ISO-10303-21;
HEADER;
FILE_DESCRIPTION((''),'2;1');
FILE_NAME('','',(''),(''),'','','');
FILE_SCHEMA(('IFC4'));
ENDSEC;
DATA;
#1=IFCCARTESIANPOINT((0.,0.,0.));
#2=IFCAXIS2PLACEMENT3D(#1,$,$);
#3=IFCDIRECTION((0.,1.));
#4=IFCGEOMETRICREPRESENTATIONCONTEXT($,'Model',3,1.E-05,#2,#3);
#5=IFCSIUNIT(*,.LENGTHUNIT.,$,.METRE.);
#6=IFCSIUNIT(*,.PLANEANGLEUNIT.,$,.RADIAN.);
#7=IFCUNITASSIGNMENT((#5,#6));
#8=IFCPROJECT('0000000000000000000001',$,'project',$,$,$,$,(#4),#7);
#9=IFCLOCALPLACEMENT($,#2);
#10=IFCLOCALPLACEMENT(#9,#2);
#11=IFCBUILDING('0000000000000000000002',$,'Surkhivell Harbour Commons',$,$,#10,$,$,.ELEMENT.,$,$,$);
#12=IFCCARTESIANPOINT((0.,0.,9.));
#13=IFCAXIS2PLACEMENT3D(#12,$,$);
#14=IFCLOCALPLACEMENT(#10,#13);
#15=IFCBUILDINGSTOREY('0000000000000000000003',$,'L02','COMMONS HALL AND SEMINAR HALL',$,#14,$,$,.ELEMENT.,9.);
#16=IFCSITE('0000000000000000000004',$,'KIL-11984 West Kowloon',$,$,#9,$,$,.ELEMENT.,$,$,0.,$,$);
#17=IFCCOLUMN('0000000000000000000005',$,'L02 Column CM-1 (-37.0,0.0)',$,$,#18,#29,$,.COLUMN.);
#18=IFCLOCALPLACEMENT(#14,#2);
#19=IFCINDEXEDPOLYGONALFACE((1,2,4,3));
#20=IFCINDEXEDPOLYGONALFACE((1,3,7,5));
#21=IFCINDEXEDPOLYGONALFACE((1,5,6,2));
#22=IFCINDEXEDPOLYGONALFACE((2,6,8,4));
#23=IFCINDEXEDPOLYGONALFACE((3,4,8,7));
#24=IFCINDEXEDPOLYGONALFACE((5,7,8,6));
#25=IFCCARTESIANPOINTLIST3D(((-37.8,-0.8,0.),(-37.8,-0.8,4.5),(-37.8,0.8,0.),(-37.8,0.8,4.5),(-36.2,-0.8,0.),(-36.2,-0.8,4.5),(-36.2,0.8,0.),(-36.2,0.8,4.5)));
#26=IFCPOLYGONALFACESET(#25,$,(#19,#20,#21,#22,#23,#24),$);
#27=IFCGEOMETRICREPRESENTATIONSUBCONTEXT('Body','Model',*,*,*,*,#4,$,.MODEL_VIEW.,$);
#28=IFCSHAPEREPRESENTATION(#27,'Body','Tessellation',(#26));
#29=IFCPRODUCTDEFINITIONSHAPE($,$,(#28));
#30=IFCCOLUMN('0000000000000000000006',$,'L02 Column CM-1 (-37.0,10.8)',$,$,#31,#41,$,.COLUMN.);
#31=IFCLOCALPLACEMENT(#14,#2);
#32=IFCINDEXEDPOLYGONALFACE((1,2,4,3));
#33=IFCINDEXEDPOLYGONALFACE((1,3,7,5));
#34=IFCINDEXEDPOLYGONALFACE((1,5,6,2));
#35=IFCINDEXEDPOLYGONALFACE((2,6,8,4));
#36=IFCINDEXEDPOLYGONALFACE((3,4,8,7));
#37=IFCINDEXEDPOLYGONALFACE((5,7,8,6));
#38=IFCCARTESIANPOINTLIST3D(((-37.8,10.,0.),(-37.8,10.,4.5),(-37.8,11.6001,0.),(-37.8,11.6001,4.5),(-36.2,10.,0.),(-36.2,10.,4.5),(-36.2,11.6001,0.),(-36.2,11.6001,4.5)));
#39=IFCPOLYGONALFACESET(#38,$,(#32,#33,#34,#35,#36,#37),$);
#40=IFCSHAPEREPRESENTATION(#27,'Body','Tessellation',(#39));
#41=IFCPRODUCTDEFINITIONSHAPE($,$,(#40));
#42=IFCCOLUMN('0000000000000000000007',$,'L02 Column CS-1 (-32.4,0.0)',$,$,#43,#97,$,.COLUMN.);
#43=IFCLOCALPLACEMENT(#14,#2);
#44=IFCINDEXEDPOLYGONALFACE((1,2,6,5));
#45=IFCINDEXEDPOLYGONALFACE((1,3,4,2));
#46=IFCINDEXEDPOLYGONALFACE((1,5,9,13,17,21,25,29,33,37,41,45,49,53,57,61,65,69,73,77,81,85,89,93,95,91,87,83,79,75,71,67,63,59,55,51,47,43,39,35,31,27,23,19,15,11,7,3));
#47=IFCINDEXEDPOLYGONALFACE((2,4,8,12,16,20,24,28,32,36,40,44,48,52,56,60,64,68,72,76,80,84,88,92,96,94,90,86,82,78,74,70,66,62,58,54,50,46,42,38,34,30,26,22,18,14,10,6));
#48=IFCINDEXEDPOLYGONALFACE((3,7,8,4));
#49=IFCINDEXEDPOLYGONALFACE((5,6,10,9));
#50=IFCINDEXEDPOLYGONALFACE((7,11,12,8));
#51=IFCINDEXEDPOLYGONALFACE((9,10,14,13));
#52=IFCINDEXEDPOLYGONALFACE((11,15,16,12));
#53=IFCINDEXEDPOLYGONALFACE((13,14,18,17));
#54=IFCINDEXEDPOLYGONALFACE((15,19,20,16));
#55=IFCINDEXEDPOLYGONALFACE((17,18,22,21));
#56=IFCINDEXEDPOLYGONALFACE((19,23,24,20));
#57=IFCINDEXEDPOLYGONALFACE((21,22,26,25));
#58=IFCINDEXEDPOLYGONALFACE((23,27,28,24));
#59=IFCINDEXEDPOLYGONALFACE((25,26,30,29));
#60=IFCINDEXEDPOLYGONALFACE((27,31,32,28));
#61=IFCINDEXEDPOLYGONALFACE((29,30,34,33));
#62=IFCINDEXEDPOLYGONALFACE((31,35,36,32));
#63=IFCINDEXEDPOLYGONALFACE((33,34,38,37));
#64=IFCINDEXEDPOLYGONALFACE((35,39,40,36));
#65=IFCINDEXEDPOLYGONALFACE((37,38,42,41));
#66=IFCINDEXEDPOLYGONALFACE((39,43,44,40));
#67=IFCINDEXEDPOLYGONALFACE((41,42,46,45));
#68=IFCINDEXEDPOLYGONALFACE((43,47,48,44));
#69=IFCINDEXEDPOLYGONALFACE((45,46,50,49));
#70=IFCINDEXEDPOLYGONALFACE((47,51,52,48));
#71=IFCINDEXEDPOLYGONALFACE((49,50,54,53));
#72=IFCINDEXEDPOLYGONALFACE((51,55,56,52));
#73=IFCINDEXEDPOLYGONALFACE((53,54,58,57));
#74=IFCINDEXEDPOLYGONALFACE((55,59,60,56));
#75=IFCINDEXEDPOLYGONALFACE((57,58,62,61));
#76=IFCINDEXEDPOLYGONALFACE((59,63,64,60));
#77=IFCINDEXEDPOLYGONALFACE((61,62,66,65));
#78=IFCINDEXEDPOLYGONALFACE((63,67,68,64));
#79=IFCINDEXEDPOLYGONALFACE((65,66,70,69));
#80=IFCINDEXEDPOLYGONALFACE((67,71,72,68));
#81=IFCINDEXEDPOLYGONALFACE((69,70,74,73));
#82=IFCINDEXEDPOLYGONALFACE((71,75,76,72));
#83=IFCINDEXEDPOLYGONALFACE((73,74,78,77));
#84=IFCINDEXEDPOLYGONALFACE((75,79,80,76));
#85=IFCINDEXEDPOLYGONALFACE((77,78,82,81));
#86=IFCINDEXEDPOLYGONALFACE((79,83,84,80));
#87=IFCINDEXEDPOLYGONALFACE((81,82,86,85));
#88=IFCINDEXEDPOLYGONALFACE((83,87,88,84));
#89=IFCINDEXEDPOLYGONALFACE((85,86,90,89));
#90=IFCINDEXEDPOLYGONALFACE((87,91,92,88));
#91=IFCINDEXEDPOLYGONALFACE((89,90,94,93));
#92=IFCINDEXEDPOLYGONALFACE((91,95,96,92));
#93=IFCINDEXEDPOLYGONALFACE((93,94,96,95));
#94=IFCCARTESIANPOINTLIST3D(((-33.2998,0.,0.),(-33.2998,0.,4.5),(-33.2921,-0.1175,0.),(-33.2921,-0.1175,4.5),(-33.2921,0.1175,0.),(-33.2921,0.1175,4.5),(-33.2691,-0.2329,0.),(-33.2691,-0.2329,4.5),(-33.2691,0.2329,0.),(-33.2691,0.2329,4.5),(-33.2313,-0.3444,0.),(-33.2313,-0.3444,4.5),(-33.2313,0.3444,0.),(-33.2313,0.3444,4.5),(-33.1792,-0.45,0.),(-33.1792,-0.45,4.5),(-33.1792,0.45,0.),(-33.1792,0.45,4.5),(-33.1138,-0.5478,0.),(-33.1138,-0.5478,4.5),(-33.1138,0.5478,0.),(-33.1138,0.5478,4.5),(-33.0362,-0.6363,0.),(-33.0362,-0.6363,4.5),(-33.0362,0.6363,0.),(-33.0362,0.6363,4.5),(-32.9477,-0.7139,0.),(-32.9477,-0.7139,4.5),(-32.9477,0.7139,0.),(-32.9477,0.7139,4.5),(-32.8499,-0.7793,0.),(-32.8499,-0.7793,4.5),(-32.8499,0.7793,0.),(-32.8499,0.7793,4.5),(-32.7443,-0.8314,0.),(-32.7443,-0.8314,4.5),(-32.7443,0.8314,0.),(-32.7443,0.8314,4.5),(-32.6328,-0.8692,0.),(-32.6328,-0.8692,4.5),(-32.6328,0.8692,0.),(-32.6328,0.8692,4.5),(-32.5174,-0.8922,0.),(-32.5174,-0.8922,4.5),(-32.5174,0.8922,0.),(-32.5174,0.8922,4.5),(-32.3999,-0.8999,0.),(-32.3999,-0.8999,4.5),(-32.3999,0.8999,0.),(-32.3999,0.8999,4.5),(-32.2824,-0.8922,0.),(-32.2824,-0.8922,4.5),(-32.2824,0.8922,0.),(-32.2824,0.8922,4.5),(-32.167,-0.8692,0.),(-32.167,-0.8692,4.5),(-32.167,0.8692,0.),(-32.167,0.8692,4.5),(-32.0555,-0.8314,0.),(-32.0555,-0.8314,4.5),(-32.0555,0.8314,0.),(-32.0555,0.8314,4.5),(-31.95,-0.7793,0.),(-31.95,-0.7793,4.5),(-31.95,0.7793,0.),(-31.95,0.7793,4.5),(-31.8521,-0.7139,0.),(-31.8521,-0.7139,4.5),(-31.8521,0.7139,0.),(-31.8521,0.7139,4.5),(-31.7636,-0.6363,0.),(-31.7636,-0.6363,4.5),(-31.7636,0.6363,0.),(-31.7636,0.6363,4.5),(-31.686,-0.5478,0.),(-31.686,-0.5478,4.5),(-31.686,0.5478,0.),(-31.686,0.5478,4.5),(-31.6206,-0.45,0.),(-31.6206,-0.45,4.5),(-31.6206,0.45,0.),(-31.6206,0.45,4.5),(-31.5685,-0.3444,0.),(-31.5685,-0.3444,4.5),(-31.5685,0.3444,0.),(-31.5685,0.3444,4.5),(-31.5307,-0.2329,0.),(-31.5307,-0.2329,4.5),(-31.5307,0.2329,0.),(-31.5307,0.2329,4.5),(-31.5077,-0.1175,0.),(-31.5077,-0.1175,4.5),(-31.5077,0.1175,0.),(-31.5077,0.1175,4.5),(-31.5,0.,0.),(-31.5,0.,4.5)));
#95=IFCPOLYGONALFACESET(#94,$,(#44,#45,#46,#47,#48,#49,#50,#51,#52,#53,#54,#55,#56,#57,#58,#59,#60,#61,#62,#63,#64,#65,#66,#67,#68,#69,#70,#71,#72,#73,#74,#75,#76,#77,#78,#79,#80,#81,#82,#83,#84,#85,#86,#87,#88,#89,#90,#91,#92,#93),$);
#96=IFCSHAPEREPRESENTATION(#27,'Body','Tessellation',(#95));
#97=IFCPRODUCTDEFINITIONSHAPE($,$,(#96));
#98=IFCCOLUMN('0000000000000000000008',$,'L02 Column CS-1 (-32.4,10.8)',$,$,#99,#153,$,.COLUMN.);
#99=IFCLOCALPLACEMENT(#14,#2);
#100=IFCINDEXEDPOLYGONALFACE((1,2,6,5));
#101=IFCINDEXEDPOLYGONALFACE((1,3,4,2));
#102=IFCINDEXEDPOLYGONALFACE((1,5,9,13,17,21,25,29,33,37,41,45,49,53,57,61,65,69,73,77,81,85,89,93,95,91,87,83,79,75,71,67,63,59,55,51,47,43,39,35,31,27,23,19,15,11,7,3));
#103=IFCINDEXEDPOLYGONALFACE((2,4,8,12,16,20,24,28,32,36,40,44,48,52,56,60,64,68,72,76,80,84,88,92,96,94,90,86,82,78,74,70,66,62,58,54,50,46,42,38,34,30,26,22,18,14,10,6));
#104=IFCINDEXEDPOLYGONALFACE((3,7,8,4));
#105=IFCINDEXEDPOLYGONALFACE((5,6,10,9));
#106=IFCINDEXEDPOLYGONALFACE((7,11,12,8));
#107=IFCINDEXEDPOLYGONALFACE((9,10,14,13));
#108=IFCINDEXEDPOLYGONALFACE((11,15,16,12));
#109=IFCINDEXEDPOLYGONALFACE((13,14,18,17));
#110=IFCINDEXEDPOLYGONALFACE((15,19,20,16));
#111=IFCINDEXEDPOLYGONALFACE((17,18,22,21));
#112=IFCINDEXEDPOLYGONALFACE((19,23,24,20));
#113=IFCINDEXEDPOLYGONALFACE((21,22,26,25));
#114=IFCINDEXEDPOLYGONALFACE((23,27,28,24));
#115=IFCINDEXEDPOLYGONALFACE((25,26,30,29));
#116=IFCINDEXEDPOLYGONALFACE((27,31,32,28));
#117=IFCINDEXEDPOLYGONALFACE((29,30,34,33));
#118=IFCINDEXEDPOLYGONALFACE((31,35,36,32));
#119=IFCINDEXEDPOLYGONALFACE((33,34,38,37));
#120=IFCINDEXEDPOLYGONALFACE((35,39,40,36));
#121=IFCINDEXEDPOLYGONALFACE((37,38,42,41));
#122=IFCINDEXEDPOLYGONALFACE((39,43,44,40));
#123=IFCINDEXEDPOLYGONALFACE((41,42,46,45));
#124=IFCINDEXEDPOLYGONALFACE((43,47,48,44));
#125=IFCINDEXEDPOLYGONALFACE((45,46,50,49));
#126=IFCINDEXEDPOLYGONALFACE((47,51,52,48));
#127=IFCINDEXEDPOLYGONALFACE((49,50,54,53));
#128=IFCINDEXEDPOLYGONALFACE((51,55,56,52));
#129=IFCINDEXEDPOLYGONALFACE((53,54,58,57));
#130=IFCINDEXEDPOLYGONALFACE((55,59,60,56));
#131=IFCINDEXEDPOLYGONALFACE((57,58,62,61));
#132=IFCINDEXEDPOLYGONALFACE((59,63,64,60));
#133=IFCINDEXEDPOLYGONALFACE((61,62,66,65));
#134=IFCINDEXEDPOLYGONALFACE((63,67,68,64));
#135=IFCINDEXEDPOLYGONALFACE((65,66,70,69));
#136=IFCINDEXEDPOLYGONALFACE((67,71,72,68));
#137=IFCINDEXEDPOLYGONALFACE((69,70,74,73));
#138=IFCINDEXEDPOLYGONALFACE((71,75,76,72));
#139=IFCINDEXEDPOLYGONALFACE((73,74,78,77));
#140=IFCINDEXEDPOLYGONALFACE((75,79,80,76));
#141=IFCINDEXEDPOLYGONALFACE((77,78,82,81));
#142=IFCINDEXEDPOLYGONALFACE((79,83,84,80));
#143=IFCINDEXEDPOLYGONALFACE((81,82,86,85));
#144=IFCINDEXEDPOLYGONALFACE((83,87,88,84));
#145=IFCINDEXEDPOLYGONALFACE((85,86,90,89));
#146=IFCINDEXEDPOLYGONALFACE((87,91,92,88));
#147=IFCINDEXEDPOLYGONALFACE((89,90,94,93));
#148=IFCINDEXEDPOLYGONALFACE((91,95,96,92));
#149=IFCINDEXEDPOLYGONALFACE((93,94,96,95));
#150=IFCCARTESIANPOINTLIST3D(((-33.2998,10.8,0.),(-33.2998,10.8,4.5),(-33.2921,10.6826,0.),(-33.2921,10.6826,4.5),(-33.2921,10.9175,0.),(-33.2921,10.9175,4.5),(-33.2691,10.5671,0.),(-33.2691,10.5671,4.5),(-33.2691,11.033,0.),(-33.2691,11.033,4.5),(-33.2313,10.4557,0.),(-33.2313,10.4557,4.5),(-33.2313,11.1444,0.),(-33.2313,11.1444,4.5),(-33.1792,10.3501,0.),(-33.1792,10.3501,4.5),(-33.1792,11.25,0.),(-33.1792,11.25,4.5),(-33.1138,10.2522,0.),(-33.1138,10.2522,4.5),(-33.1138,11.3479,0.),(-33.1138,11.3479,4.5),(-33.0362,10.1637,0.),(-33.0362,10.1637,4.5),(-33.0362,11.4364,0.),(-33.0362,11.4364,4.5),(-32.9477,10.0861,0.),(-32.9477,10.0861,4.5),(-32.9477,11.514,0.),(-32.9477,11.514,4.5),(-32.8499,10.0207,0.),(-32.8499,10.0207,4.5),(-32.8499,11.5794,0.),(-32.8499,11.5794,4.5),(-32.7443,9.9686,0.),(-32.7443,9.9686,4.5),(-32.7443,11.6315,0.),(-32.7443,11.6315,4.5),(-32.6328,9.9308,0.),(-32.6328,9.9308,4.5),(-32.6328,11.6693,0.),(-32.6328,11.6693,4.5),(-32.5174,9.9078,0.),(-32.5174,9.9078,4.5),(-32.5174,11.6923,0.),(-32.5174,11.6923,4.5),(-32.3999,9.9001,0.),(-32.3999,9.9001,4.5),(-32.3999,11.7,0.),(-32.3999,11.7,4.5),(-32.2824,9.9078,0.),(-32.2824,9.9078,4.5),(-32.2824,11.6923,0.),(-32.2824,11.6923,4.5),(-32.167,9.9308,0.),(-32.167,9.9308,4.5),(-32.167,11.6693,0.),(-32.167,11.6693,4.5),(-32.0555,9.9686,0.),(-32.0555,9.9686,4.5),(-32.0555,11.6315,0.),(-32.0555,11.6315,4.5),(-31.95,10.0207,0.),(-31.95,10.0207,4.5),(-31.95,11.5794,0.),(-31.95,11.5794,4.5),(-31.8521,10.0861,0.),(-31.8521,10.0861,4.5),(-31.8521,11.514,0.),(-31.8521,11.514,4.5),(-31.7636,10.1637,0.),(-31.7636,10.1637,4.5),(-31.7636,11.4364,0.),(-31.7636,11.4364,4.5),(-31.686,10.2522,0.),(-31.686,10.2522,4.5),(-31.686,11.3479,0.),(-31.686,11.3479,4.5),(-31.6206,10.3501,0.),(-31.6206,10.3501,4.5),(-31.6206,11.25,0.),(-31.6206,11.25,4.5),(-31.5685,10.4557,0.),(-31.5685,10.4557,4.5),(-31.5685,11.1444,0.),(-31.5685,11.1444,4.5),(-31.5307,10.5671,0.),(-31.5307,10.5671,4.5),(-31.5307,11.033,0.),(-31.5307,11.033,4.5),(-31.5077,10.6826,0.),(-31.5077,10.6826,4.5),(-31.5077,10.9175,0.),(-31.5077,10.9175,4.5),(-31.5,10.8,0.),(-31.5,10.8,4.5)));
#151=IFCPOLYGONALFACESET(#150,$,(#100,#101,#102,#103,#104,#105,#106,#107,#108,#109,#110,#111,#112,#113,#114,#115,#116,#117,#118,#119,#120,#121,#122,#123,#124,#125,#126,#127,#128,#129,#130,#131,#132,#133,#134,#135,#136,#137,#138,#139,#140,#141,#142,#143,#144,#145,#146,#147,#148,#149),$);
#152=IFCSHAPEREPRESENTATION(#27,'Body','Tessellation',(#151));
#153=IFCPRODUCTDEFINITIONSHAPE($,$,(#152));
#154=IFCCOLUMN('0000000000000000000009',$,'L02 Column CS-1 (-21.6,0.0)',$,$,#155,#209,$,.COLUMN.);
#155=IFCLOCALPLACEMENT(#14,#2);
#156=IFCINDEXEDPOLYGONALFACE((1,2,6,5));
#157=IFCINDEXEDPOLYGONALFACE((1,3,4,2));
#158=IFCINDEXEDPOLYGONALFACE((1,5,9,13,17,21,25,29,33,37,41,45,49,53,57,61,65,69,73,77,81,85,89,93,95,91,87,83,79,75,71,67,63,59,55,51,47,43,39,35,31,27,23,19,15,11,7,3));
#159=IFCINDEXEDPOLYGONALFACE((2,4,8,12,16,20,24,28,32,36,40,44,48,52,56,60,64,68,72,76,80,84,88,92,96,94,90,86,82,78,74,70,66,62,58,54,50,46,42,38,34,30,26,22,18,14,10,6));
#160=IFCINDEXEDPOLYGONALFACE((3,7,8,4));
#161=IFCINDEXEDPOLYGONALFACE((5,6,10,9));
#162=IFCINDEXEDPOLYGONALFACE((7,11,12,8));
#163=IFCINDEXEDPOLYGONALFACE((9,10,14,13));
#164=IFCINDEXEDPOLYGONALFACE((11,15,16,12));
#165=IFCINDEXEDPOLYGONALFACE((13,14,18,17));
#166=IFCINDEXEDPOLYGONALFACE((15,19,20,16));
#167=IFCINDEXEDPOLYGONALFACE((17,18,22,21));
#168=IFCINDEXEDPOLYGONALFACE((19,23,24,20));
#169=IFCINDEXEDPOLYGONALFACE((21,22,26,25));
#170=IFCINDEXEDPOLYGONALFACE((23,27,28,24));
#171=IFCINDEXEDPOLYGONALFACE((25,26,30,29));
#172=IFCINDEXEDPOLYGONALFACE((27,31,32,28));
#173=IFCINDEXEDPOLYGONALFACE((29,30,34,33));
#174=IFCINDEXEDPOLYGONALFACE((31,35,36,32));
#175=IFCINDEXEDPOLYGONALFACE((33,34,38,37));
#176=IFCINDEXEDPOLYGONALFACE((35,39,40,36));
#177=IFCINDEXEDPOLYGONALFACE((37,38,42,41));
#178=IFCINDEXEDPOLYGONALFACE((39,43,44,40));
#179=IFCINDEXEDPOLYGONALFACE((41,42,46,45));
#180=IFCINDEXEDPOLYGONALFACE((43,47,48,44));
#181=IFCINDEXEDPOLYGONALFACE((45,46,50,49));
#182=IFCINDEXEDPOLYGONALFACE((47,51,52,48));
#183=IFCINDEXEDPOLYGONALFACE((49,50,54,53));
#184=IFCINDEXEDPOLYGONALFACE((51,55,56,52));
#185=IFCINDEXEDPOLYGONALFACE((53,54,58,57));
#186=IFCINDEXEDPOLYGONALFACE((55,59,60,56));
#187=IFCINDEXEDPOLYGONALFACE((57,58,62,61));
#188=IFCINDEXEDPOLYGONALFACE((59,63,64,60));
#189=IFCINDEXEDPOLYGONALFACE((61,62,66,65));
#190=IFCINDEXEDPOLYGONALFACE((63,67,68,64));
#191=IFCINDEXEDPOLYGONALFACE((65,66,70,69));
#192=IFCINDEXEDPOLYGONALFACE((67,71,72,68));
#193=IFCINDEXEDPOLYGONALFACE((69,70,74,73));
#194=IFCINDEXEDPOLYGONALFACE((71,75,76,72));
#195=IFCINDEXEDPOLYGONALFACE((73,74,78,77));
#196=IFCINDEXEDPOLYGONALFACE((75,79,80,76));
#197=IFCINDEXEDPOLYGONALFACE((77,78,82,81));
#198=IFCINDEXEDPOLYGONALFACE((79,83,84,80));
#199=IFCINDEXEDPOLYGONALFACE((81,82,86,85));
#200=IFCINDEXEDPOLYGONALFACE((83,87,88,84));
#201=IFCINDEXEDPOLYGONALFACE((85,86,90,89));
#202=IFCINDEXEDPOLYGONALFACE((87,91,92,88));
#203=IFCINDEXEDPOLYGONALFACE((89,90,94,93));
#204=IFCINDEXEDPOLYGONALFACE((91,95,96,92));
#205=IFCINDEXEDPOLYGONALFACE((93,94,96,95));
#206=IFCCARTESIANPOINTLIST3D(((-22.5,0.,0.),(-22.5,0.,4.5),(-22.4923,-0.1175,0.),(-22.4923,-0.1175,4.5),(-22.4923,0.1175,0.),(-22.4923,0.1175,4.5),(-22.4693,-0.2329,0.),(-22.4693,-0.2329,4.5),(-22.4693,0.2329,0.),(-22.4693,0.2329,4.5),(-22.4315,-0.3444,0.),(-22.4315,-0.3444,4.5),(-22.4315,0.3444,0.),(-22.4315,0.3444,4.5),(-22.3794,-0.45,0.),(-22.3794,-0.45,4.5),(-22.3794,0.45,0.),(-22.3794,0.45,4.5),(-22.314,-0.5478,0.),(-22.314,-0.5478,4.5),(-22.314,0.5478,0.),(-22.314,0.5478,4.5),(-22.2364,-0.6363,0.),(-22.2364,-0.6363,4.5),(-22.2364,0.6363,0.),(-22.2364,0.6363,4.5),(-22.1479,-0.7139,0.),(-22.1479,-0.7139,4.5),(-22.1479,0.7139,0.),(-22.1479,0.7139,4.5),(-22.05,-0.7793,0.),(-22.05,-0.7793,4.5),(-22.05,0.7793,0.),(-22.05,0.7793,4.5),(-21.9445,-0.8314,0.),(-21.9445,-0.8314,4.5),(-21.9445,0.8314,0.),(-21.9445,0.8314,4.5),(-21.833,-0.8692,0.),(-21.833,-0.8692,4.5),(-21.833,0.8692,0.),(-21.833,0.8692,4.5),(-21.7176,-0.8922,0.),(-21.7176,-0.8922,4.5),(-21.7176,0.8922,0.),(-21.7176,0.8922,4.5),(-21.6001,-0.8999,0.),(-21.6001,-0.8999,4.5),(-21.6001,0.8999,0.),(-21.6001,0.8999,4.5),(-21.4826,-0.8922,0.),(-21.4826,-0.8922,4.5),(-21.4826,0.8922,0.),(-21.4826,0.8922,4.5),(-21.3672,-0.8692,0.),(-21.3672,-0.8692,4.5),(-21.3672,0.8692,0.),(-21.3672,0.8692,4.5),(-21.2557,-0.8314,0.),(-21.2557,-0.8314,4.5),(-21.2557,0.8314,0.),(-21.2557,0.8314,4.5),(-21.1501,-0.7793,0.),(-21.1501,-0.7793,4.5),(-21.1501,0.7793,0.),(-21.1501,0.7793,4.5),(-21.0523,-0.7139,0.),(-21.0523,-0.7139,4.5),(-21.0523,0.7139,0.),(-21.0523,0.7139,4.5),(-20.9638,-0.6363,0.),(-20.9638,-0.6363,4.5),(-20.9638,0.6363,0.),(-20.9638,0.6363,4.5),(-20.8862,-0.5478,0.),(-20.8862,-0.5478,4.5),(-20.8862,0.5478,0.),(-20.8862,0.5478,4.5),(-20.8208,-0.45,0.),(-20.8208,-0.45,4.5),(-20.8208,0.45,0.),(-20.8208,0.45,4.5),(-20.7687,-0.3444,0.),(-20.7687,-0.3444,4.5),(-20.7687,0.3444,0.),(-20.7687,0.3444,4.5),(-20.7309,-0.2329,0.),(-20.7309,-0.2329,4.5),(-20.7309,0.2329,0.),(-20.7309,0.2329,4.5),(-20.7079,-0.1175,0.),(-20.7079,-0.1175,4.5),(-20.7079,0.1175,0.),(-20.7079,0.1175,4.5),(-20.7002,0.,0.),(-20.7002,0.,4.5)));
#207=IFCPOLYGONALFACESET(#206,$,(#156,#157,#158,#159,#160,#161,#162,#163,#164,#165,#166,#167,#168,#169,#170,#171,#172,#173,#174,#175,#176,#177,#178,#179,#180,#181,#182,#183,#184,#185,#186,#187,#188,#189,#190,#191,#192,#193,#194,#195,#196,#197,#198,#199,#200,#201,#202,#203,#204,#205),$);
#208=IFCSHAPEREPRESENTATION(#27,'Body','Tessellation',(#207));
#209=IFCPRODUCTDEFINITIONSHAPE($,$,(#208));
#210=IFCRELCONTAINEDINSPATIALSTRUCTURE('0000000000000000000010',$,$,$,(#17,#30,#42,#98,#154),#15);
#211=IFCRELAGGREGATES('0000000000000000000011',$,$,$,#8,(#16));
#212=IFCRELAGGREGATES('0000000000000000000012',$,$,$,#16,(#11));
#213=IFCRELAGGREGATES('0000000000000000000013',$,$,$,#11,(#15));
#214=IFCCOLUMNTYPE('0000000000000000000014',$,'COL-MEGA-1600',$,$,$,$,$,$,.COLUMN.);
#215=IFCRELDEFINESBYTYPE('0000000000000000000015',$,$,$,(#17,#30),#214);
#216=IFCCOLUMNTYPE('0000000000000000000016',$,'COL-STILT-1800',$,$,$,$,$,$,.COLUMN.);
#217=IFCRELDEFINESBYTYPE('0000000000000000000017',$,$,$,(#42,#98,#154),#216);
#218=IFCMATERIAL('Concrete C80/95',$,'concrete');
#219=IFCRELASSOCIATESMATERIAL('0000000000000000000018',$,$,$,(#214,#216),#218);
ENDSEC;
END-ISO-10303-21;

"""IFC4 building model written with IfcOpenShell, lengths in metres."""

from ifc_helpers import new_model, si_unit, direction, frame, origin, origin_2d, place, context, subcontext, project, spatial, rectangle, circle, extrude, material, material_profile, profile_set, type_object, element, save


model = new_model("IFC4")

# Units and contexts
model_context = context("Model", 3, precision=1e-05, world=origin(), true_north=direction((0.0, 1.0)))
body_context = subcontext(model_context, "Body", "Model", "MODEL_VIEW")
ifc_project = project(units=[si_unit("LENGTHUNIT", "METRE"), si_unit("PLANEANGLEUNIT", "RADIAN")], contexts=[model_context])

# Site, building, storey
site_placement = place(None, origin())
site = spatial("IfcSite", under=ifc_project, at=site_placement, Name="KIL-11984 West Kowloon", CompositionType="ELEMENT", RefElevation=0.0)
building_placement = place(site_placement, origin())
building = spatial("IfcBuilding", under=site, at=building_placement, Name="Surkhivell Harbour Commons", CompositionType="ELEMENT")
storey_placement = place(building_placement, frame((0.0, 0.0, 9.0)))
storey = spatial("IfcBuildingStorey", under=building, at=storey_placement, Name="L02", Description="COMMONS HALL AND SEMINAR HALL", CompositionType="ELEMENT", Elevation=9.0)

# Columns
ifc_material_1 = material(Name="Concrete C80/95", Category="concrete")
ifc_material_profile_1 = material_profile(ifc_material_1, rectangle(XDim=1.6001, YDim=1.6001, at=origin_2d()), Name="RC-COL-1600x1600")
ifc_profile_set_1 = profile_set([ifc_material_profile_1], Name="Concrete C80/95")
column_type_1 = type_object("IfcColumnType", Name="COL-MEGA-1600", PredefinedType="COLUMN", material=ifc_profile_set_1)
for number, where, z_axis, x_axis, name in (
    (1, (-37.0, 0.0, 0.0), (0.0, 0.0, 1.0), (1.0, 0.0, 0.0), "L02 Column CM-1 (-37.0,0.0)"),
    (2, (-37.0, 10.8, 0.0), (0.0, 0.0, 1.0), (1.0, 0.0, 0.0), "L02 Column CM-1 (-37.0,10.8)"),
):
    element("IfcColumn", number, at=place(storey_placement, frame(where, z_axis=z_axis, x_axis=x_axis)), inside=storey, type_object=column_type_1, Name=name, PredefinedType="COLUMN", context=body_context, shape_type="SweptSolid", body=[
        extrude(rectangle(XDim=1.6001, YDim=1.6001, at=origin_2d()), origin(), (0.0, 0.0, 1.0), 4.5),
    ])
ifc_material_profile_2 = material_profile(ifc_material_1, circle(Radius=0.8999, at=origin_2d()), Name="RC-CIRC-1800")
ifc_profile_set_2 = profile_set([ifc_material_profile_2], Name="Concrete C80/95")
column_type_2 = type_object("IfcColumnType", Name="COL-STILT-1800", PredefinedType="COLUMN", material=ifc_profile_set_2)
for number, where, z_axis, x_axis, name in (
    (3, (-32.3999, 0.0, 0.0), (0.0, 0.0, 1.0), (1.0, 0.0, 0.0), "L02 Column CS-1 (-32.4,0.0)"),
    (4, (-32.3999, 10.8, 0.0), (0.0, 0.0, 1.0), (1.0, 0.0, 0.0), "L02 Column CS-1 (-32.4,10.8)"),
    (5, (-21.6001, 0.0, 0.0), (0.0, 0.0, 1.0), (1.0, 0.0, 0.0), "L02 Column CS-1 (-21.6,0.0)"),
):
    element("IfcColumn", number, at=place(storey_placement, frame(where, z_axis=z_axis, x_axis=x_axis)), inside=storey, type_object=column_type_2, Name=name, PredefinedType="COLUMN", context=body_context, shape_type="SweptSolid", body=[
        extrude(circle(Radius=0.8999, at=origin_2d()), origin(), (0.0, 0.0, 1.0), 4.5),
    ])

save(model, "model.ifc")
